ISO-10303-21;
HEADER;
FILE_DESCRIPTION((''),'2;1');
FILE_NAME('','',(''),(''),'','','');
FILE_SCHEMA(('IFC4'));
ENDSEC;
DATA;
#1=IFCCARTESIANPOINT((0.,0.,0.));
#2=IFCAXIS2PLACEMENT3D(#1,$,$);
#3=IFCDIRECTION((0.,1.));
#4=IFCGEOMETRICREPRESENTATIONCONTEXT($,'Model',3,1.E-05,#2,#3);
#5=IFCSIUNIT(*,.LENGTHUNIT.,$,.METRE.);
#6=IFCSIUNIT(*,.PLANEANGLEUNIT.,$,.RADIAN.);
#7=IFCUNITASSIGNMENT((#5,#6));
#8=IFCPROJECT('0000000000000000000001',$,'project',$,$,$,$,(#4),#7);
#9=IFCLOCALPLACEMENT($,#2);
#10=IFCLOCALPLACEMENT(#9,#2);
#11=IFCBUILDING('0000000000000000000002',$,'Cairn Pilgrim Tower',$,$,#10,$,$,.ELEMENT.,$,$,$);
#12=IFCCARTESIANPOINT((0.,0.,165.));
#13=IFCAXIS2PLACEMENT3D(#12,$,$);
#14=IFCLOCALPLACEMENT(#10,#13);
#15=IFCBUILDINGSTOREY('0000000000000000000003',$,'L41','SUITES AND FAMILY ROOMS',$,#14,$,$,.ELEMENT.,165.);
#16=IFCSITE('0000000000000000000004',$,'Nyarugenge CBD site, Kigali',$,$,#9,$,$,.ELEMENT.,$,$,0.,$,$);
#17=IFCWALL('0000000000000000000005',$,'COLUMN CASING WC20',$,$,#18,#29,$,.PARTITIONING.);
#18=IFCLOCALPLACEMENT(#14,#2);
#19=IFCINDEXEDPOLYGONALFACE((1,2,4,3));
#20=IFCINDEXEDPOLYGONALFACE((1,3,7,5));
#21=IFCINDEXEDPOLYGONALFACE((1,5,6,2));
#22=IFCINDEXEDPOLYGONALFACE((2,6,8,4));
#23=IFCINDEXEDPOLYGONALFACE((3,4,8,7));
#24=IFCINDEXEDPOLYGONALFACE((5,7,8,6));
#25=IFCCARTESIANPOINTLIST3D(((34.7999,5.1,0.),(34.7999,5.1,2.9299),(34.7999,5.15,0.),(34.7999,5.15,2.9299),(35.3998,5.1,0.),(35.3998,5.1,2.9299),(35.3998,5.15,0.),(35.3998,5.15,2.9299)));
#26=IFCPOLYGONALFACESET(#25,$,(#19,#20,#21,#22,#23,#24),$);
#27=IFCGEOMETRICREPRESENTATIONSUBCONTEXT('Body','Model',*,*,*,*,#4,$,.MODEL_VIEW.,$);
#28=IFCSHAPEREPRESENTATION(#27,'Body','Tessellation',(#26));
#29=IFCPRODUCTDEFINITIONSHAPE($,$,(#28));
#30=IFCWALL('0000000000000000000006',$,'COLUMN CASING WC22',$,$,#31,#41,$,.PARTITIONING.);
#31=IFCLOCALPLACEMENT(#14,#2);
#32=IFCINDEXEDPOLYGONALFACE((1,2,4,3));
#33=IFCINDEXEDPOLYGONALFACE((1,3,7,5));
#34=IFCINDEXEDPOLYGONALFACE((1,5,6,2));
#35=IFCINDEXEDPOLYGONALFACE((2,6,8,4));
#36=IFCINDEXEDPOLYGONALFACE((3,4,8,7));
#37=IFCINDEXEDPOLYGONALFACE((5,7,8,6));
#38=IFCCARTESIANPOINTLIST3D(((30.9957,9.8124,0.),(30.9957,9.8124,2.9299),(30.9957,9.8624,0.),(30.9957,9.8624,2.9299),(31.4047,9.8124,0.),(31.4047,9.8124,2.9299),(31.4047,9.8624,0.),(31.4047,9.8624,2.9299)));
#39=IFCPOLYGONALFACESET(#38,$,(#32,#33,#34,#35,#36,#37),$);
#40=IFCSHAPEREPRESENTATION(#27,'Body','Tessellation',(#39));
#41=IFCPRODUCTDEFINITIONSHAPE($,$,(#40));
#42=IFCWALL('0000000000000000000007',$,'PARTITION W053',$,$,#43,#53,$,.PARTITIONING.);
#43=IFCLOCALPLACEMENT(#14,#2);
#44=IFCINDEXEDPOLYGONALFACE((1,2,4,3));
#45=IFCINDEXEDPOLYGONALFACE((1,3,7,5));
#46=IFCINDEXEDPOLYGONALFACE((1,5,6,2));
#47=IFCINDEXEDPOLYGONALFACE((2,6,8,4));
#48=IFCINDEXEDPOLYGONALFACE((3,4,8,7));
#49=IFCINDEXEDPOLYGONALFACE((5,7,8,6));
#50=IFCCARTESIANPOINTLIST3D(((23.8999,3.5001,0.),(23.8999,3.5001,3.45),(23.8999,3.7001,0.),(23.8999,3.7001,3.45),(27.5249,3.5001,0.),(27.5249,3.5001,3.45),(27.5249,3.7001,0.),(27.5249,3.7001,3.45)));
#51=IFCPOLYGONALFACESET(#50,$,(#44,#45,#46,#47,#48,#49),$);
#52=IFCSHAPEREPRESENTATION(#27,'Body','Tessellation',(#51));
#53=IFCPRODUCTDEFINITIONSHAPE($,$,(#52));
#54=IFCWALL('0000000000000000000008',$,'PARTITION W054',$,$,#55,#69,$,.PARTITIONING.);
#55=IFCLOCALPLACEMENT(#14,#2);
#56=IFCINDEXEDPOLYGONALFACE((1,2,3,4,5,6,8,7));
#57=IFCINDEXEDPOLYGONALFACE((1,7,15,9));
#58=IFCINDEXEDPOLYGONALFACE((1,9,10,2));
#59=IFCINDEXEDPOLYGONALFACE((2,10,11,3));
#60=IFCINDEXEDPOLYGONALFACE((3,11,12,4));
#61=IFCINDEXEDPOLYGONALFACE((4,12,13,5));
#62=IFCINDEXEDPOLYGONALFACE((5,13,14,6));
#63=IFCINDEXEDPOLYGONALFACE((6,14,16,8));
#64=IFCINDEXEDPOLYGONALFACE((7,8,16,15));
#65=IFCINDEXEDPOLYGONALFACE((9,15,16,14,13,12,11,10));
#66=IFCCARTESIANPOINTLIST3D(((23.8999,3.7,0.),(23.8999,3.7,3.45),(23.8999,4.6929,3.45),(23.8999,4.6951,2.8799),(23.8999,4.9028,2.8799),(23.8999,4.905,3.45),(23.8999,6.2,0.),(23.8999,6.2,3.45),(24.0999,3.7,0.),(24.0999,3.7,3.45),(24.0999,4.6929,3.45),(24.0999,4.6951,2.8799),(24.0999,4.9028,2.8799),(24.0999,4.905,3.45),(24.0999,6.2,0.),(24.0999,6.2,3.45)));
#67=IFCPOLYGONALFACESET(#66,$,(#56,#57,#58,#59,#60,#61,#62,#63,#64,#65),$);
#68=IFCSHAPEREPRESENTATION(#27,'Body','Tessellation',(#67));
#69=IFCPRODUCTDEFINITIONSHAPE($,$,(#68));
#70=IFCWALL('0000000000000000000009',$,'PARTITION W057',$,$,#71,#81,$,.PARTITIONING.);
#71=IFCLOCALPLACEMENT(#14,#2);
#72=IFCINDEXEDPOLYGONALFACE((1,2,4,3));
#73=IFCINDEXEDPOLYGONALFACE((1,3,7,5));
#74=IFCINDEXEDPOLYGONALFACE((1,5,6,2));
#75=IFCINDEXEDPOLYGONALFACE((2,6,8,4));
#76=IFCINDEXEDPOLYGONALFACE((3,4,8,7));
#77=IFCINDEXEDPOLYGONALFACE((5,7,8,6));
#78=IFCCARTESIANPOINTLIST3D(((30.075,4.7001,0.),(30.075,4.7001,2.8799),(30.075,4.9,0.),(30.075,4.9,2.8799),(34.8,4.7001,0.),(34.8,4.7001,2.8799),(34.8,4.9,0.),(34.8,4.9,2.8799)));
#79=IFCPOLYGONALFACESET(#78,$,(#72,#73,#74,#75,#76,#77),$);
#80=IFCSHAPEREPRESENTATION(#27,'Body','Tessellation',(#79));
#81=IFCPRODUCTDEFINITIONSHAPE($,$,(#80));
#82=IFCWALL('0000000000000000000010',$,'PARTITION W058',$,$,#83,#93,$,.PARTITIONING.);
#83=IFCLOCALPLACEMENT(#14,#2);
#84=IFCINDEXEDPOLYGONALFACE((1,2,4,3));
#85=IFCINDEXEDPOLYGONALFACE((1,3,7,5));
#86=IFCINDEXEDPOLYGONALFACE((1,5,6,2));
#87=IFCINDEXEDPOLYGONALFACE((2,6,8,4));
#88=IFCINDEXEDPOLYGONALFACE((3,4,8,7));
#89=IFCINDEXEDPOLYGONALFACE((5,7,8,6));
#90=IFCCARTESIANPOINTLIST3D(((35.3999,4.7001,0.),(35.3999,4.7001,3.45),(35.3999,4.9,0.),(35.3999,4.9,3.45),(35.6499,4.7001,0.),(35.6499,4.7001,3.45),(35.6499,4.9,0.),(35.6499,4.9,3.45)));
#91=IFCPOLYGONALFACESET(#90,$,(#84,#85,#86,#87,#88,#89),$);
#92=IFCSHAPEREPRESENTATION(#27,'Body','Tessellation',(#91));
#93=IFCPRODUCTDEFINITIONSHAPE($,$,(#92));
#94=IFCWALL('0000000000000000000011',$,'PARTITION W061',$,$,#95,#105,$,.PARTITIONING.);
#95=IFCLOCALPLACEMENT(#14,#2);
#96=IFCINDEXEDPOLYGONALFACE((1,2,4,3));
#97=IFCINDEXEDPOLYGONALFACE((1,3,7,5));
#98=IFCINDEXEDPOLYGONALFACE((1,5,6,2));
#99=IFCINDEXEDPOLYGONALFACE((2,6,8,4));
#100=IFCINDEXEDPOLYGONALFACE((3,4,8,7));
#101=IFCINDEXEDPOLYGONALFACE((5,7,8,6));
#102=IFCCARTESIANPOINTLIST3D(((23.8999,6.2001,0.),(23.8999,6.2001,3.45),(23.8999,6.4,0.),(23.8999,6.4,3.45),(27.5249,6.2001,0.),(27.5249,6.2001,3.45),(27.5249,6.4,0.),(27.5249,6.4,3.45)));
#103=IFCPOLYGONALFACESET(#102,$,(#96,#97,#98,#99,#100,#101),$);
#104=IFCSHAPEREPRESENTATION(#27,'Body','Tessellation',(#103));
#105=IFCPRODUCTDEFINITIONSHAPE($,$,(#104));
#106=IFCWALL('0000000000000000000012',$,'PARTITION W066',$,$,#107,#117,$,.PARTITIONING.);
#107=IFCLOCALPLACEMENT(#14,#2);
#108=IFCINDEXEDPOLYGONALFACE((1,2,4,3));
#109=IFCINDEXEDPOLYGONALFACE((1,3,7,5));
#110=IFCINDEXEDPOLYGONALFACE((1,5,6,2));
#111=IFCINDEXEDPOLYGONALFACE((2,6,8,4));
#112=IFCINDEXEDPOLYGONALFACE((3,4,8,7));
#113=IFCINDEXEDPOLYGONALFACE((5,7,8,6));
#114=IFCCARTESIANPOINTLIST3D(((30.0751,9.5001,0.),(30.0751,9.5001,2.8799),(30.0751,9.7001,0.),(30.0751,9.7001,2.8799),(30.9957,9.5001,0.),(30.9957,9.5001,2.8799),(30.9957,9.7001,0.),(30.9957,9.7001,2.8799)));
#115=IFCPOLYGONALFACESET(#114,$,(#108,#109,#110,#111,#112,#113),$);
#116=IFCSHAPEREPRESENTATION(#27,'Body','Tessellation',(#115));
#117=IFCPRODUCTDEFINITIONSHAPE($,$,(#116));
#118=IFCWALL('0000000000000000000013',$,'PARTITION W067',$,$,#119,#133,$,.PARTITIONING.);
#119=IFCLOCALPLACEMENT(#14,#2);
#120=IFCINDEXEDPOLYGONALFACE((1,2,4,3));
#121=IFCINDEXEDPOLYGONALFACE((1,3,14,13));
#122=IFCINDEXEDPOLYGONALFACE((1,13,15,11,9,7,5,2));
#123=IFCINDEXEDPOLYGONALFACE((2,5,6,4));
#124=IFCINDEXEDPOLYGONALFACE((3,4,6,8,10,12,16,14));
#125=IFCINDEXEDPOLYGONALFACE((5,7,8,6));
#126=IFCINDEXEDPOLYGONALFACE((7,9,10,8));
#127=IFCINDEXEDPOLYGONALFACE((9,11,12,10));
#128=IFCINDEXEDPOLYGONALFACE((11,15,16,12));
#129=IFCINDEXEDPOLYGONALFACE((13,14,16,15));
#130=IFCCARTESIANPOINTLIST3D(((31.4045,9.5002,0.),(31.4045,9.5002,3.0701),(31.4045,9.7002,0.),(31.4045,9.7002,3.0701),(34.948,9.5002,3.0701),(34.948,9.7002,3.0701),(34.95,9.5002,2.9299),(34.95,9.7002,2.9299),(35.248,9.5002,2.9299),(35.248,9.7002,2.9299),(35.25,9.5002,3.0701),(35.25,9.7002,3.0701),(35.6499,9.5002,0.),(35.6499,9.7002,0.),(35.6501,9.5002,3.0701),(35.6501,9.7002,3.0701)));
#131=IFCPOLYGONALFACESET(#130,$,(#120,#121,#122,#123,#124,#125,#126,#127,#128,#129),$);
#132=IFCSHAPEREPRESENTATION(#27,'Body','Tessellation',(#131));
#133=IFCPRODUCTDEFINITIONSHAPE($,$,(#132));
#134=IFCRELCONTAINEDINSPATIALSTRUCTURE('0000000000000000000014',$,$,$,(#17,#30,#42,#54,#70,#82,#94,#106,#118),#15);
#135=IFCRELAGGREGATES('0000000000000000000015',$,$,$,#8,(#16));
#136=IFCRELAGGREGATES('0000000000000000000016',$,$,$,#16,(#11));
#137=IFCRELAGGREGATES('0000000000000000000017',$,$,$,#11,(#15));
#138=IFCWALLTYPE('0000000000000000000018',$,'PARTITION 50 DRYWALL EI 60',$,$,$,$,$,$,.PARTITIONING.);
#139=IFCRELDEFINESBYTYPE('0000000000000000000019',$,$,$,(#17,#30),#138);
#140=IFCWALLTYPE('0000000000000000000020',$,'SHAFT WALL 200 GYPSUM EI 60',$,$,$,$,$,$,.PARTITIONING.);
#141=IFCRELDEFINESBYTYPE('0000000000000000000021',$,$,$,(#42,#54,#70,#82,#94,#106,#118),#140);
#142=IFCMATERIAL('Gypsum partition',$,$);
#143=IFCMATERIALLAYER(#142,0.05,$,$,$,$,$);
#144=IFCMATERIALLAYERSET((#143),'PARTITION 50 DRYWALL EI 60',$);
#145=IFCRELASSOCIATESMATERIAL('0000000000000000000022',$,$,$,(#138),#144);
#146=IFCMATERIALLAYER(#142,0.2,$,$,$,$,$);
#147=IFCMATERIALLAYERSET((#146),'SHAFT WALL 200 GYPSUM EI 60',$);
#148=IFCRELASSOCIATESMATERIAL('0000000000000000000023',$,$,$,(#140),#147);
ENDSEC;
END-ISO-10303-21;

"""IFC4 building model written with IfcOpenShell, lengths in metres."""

from ifc_helpers import new_model, si_unit, direction, frame, frame_2d, origin, place, context, subcontext, project, spatial, polyline, rectangle, outline, extrude, material, layer, layer_set, type_object, element, save


model = new_model("IFC4")

# Units and contexts
model_context = context("Model", 3, precision=1e-05, world=origin(), true_north=direction((0.0, 1.0)))
body_context = subcontext(model_context, "Body", "Model", "MODEL_VIEW")
ifc_project = project(units=[si_unit("LENGTHUNIT", "METRE"), si_unit("PLANEANGLEUNIT", "RADIAN")], contexts=[model_context])

# Site, building, storey
site_placement = place(None, origin())
site = spatial("IfcSite", under=ifc_project, at=site_placement, Name="Nyarugenge CBD site, Kigali", CompositionType="ELEMENT", RefElevation=0.0)
building_placement = place(site_placement, origin())
building = spatial("IfcBuilding", under=site, at=building_placement, Name="Cairn Pilgrim Tower", CompositionType="ELEMENT")
storey_placement = place(building_placement, frame((0.0, 0.0, 165.0)))
storey = spatial("IfcBuildingStorey", under=building, at=storey_placement, Name="L41", Description="SUITES AND FAMILY ROOMS", CompositionType="ELEMENT", Elevation=165.0)

# Shared definitions
ifc_material_1 = material(Name="Gypsum partition")

# Walls
ifc_layer_1 = layer(ifc_material_1, 0.05)
ifc_layer_set_1 = layer_set([ifc_layer_1], Name="PARTITION 50 DRYWALL EI 60")
wall_type_1 = type_object("IfcWallType", Name="PARTITION 50 DRYWALL EI 60", PredefinedType="PARTITIONING", material=ifc_layer_set_1)
wall_1_placement = place(storey_placement, frame((34.8, 5.125, 0.0), z_axis=(0.0, 0.0, 1.0), x_axis=(1.0, 0.0, 0.0)))
element("IfcWall", 1, at=wall_1_placement, inside=storey, type_object=wall_type_1, Name="COLUMN CASING WC20", PredefinedType="PARTITIONING", context=body_context, shape_type="SweptSolid", body=[
    extrude(rectangle(XDim=0.5999, YDim=0.05, at=frame_2d((0.2998, 0.0))), origin(), (0.0, 0.0, 1.0), 2.9299),
])
wall_2_placement = place(storey_placement, frame((30.9956, 9.8374, 0.0), z_axis=(0.0, 0.0, 1.0), x_axis=(1.0, 0.0, 0.0)))
element("IfcWall", 2, at=wall_2_placement, inside=storey, type_object=wall_type_1, Name="COLUMN CASING WC22", PredefinedType="PARTITIONING", context=body_context, shape_type="SweptSolid", body=[
    extrude(rectangle(XDim=0.4089, YDim=0.05, at=frame_2d((0.2046, 0.0))), origin(), (0.0, 0.0, 1.0), 2.9299),
])
ifc_layer_2 = layer(ifc_material_1, 0.2)
ifc_layer_set_2 = layer_set([ifc_layer_2], Name="SHAFT WALL 200 GYPSUM EI 60")
wall_type_2 = type_object("IfcWallType", Name="SHAFT WALL 200 GYPSUM EI 60", PredefinedType="PARTITIONING", material=ifc_layer_set_2)
wall_3_placement = place(storey_placement, frame((23.8999, 3.6001, 0.0), z_axis=(0.0, 0.0, 1.0), x_axis=(1.0, 0.0, 0.0)))
element("IfcWall", 3, at=wall_3_placement, inside=storey, type_object=wall_type_2, Name="PARTITION W053", PredefinedType="PARTITIONING", context=body_context, shape_type="SweptSolid", body=[
    extrude(rectangle(XDim=3.625, YDim=0.2, at=frame_2d((1.8125, 0.0))), origin(), (0.0, 0.0, 1.0), 3.45),
])
wall_4_placement = place(storey_placement, frame((24.0, 3.7, 0.0), z_axis=(0.0, 0.0, 1.0), x_axis=(0.0, 1.0, 0.0)))
element("IfcWall", 4, at=wall_4_placement, inside=storey, type_object=wall_type_2, Name="PARTITION W054", PredefinedType="PARTITIONING", context=body_context, shape_type="SweptSolid", body=[
    extrude(outline(polyline([(0.0, 0.0), (2.5, 0.0), (2.5, 3.45), (1.2051, 3.45), (1.2029, 2.8799), (0.9951, 2.8799), (0.9929, 3.45), (0.0, 3.45), (0.0, 0.0)])), frame((0.0, 0.1001, 0.0), z_axis=(0.0, -1.0, 0.0), x_axis=(1.0, 0.0, 0.0)), (0.0, 0.0, 1.0), 0.2),
])
wall_5_placement = place(storey_placement, frame((30.075, 4.8, 0.0), z_axis=(0.0, 0.0, 1.0), x_axis=(1.0, 0.0, 0.0)))
element("IfcWall", 5, at=wall_5_placement, inside=storey, type_object=wall_type_2, Name="PARTITION W057", PredefinedType="PARTITIONING", context=body_context, shape_type="SweptSolid", body=[
    extrude(rectangle(XDim=4.7251, YDim=0.2, at=frame_2d((2.3625, 0.0))), origin(), (0.0, 0.0, 1.0), 2.8799),
])
wall_6_placement = place(storey_placement, frame((35.3999, 4.8, 0.0), z_axis=(0.0, 0.0, 1.0), x_axis=(1.0, 0.0, 0.0)))
element("IfcWall", 6, at=wall_6_placement, inside=storey, type_object=wall_type_2, Name="PARTITION W058", PredefinedType="PARTITIONING", context=body_context, shape_type="SweptSolid", body=[
    extrude(rectangle(XDim=0.25, YDim=0.2, at=frame_2d((0.125, 0.0))), origin(), (0.0, 0.0, 1.0), 3.45),
])
wall_7_placement = place(storey_placement, frame((23.8999, 6.3, 0.0), z_axis=(0.0, 0.0, 1.0), x_axis=(1.0, 0.0, 0.0)))
element("IfcWall", 7, at=wall_7_placement, inside=storey, type_object=wall_type_2, Name="PARTITION W061", PredefinedType="PARTITIONING", context=body_context, shape_type="SweptSolid", body=[
    extrude(rectangle(XDim=3.625, YDim=0.2, at=frame_2d((1.8125, 0.0))), origin(), (0.0, 0.0, 1.0), 3.45),
])
wall_8_placement = place(storey_placement, frame((30.075, 9.6001, 0.0), z_axis=(0.0, 0.0, 1.0), x_axis=(1.0, 0.0, 0.0)))
element("IfcWall", 8, at=wall_8_placement, inside=storey, type_object=wall_type_2, Name="PARTITION W066", PredefinedType="PARTITIONING", context=body_context, shape_type="SweptSolid", body=[
    extrude(rectangle(XDim=0.9207, YDim=0.2, at=frame_2d((0.4604, 0.0))), origin(), (0.0, 0.0, 1.0), 2.8799),
])
wall_9_placement = place(storey_placement, frame((31.4045, 9.6001, 0.0), z_axis=(0.0, 0.0, 1.0), x_axis=(1.0, 0.0, 0.0)))
element("IfcWall", 9, at=wall_9_placement, inside=storey, type_object=wall_type_2, Name="PARTITION W067", PredefinedType="PARTITIONING", context=body_context, shape_type="SweptSolid", body=[
    extrude(outline(polyline([(0.0, 0.0), (4.2454, 0.0), (4.2456, 3.0701), (3.8455, 3.0701), (3.8435, 2.9299), (3.5454, 2.9299), (3.5435, 3.0701), (0.0, 3.0701), (0.0, 0.0)])), frame((0.0, 0.1001, 0.0), z_axis=(0.0, -1.0, 0.0), x_axis=(1.0, 0.0, 0.0)), (0.0, 0.0, 1.0), 0.2),
])

save(model, "model.ifc")
